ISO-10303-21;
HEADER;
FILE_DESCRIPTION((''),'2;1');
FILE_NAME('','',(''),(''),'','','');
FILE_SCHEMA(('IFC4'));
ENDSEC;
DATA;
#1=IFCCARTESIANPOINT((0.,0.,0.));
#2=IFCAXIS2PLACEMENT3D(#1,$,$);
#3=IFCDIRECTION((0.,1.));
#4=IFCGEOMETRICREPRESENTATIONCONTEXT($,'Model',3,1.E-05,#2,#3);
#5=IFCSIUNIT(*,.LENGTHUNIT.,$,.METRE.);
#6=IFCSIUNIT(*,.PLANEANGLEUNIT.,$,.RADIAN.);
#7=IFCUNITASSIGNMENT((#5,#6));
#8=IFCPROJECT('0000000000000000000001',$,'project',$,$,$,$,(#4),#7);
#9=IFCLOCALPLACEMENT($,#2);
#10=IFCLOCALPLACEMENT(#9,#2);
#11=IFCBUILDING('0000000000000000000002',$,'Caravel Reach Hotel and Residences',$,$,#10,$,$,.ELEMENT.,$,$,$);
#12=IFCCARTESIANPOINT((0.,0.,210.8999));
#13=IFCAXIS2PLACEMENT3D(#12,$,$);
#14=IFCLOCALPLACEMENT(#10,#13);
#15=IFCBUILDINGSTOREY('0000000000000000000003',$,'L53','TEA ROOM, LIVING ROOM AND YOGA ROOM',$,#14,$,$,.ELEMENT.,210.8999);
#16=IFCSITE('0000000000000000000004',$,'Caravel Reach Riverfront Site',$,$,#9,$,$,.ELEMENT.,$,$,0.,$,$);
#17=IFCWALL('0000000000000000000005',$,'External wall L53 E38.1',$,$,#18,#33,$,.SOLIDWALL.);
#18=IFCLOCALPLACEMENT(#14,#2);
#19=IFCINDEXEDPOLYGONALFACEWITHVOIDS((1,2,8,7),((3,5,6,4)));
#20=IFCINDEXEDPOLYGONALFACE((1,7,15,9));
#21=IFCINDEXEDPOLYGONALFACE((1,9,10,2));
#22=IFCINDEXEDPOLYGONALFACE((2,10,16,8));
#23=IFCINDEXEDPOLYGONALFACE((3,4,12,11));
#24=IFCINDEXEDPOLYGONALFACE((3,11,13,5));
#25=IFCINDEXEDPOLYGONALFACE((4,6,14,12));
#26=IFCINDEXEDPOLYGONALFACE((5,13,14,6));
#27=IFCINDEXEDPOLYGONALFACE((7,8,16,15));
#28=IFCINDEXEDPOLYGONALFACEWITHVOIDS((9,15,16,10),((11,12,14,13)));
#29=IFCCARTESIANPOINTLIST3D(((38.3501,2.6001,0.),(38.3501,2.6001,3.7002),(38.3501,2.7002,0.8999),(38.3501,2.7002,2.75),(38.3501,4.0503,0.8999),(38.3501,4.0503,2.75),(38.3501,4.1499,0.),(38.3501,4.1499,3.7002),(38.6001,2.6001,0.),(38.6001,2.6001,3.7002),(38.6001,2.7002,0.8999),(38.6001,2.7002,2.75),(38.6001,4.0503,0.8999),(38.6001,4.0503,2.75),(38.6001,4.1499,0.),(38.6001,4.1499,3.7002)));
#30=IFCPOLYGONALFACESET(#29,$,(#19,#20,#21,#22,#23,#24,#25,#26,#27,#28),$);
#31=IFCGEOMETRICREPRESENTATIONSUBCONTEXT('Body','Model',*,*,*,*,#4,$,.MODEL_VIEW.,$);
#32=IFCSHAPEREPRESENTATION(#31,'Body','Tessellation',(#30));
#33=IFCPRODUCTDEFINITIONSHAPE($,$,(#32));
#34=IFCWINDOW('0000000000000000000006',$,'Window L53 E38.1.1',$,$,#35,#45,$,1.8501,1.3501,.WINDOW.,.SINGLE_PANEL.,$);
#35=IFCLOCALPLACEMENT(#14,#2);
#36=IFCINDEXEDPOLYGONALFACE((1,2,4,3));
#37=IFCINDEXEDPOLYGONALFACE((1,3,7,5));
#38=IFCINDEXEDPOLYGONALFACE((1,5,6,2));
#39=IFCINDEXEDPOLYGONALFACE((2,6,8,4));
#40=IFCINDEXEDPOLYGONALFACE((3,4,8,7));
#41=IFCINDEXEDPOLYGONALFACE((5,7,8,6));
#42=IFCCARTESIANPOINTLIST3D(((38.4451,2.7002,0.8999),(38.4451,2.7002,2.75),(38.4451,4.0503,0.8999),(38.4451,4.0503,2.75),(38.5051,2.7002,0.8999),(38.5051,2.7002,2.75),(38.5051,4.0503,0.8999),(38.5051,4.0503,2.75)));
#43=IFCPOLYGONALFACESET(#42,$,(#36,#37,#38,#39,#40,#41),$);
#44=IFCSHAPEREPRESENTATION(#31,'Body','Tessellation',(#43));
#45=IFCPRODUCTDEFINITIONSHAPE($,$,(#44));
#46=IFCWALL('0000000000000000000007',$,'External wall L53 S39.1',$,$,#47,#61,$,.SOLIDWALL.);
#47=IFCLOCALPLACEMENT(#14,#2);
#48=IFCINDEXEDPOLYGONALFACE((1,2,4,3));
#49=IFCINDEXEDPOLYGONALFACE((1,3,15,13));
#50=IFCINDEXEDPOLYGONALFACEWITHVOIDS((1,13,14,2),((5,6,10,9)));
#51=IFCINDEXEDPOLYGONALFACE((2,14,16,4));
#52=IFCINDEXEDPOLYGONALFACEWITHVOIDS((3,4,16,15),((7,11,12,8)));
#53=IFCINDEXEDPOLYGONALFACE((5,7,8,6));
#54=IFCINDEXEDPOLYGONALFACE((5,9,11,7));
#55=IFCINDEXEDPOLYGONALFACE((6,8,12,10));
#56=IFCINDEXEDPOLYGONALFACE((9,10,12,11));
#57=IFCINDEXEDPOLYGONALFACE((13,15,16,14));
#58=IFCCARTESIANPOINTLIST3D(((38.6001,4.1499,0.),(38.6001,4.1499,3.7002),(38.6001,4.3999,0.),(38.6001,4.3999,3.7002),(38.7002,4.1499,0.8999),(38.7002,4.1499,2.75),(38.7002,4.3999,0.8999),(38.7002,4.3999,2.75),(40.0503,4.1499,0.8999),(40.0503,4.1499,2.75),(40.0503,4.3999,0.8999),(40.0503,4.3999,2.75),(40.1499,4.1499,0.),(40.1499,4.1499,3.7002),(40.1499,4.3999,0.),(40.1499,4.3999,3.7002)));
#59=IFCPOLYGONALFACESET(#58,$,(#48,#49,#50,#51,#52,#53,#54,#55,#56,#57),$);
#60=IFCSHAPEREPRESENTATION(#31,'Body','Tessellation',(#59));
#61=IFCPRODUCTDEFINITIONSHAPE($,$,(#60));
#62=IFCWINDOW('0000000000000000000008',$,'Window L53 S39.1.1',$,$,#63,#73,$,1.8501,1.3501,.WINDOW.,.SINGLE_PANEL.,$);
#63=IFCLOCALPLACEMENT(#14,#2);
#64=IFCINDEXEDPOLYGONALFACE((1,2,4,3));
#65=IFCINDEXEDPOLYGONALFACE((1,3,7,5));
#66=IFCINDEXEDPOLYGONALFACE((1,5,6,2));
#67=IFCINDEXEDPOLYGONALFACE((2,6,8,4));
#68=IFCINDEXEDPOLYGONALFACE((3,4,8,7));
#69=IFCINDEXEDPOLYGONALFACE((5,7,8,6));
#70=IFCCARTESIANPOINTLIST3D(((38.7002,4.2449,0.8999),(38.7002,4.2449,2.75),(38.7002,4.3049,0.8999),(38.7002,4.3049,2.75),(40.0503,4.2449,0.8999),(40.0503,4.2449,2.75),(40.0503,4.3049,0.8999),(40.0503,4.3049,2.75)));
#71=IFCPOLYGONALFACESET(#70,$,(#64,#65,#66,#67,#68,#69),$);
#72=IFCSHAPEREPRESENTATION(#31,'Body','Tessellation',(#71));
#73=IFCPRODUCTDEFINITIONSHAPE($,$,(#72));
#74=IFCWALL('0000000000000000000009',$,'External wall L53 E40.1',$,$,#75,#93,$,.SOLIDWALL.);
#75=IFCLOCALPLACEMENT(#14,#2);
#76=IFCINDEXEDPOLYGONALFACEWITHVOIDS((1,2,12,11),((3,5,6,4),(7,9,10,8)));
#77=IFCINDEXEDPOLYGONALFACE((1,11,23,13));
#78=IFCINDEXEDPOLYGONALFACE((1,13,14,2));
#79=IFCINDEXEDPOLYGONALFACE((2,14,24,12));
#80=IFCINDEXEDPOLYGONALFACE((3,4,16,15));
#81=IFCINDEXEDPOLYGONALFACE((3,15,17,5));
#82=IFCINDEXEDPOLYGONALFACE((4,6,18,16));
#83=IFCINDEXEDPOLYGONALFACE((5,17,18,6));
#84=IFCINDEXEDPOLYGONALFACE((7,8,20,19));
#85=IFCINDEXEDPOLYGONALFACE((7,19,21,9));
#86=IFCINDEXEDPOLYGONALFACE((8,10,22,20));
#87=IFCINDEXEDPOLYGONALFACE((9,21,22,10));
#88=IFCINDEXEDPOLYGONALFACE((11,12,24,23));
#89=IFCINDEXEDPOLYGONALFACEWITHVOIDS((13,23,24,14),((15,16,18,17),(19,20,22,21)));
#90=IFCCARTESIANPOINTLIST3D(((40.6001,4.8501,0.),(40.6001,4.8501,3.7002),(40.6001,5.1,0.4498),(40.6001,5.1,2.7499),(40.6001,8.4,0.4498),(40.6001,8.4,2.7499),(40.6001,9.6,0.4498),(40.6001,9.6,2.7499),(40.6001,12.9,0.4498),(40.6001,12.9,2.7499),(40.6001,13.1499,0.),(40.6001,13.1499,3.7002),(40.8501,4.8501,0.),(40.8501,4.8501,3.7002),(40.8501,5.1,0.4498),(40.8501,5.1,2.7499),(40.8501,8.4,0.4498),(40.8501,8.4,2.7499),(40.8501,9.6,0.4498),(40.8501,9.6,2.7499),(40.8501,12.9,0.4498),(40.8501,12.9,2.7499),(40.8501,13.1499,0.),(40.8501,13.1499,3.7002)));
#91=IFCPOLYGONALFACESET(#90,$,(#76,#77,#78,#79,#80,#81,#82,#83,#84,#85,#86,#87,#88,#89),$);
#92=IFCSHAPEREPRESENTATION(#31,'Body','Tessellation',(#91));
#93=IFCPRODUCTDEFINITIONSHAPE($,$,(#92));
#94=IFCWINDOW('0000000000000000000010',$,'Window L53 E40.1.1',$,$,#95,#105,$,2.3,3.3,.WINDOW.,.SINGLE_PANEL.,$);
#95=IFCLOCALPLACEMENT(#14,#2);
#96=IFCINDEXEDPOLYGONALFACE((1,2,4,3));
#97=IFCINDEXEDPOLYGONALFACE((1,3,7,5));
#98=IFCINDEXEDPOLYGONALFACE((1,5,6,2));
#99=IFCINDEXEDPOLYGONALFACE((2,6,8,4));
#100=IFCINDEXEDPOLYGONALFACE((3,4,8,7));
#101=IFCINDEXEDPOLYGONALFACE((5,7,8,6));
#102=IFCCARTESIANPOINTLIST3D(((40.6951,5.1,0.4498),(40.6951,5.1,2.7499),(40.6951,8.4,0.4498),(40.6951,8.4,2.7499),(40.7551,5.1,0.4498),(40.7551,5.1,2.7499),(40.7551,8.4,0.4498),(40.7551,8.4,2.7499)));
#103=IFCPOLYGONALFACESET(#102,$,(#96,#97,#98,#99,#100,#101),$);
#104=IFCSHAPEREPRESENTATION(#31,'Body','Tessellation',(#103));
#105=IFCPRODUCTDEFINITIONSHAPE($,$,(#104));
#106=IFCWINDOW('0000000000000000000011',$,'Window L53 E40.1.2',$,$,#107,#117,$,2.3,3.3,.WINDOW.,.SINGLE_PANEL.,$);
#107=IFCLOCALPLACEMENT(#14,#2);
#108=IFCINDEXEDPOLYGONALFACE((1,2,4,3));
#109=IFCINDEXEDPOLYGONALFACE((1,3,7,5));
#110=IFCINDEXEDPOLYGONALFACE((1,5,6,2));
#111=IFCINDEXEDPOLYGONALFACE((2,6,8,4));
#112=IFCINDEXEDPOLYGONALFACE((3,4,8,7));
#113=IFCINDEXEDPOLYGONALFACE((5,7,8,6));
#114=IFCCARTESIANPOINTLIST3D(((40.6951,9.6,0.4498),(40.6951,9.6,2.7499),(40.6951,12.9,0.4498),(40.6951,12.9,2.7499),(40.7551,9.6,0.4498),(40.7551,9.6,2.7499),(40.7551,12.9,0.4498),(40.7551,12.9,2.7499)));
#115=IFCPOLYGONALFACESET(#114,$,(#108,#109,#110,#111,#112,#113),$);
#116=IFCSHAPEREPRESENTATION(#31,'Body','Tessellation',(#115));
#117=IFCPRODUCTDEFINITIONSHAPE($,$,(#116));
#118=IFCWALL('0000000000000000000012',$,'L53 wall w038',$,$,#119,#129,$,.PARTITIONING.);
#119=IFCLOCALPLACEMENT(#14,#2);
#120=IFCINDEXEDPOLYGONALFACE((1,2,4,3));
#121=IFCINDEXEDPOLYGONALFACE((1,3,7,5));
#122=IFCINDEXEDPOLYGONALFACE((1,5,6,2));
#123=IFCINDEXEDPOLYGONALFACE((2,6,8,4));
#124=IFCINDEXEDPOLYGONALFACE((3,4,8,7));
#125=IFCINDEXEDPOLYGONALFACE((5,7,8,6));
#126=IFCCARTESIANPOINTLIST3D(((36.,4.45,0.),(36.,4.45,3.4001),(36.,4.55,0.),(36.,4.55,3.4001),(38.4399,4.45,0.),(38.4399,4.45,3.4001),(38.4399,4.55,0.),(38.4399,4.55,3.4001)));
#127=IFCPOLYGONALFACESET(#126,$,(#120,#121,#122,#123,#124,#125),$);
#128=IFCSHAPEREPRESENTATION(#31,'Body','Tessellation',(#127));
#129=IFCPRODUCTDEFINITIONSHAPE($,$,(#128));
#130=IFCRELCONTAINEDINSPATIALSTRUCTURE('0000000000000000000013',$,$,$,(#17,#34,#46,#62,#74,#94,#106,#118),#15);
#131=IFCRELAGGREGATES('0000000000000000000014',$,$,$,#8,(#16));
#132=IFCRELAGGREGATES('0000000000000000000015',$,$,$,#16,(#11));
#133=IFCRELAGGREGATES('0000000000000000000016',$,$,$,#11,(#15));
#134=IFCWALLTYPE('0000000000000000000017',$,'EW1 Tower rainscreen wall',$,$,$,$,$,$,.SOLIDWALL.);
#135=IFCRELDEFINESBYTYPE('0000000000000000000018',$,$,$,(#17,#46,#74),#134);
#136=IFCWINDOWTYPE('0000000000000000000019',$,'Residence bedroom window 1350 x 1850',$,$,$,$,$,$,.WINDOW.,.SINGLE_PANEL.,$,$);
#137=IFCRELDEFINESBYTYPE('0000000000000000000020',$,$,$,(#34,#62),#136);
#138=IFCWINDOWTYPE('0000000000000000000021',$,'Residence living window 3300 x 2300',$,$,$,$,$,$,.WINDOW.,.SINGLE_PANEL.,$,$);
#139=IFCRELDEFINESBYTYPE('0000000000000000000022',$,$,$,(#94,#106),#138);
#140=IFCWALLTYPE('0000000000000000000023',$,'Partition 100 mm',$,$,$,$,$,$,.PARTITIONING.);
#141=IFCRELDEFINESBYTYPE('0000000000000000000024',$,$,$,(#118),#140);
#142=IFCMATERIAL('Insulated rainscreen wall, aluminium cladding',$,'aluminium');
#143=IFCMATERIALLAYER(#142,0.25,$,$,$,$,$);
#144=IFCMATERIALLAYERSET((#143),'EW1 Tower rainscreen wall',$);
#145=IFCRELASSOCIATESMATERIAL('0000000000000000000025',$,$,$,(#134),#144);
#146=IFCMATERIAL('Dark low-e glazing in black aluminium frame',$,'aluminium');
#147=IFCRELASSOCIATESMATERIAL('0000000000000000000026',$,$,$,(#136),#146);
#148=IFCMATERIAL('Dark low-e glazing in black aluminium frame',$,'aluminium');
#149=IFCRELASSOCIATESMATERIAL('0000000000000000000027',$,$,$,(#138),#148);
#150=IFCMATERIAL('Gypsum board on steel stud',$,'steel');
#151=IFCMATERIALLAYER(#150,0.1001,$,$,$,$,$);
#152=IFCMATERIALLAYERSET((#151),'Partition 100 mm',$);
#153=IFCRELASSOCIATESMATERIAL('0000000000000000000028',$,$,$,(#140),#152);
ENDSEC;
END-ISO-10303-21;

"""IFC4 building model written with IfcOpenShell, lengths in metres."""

from ifc_helpers import new_model, si_unit, direction, frame, frame_2d, origin, place, context, subcontext, project, spatial, rectangle, extrude, material, layer, layer_set, type_object, element, fill, save


model = new_model("IFC4")

# Units and contexts
model_context = context("Model", 3, precision=1e-05, world=origin(), true_north=direction((0.0, 1.0)))
body_context = subcontext(model_context, "Body", "Model", "MODEL_VIEW")
ifc_project = project(units=[si_unit("LENGTHUNIT", "METRE"), si_unit("PLANEANGLEUNIT", "RADIAN")], contexts=[model_context])

# Site, building, storey
site_placement = place(None, origin())
site = spatial("IfcSite", under=ifc_project, at=site_placement, Name="Caravel Reach Riverfront Site", CompositionType="ELEMENT", RefElevation=0.0)
building_placement = place(site_placement, origin())
building = spatial("IfcBuilding", under=site, at=building_placement, Name="Caravel Reach Hotel and Residences", CompositionType="ELEMENT")
storey_placement = place(building_placement, frame((0.0, 0.0, 210.8999)))
storey = spatial("IfcBuildingStorey", under=building, at=storey_placement, Name="L53", Description="TEA ROOM, LIVING ROOM AND YOGA ROOM", CompositionType="ELEMENT", Elevation=210.8999)

# Walls, openings, windows
ifc_material_1 = material(Name="Insulated rainscreen wall, aluminium cladding", Category="aluminium")
ifc_layer_1 = layer(ifc_material_1, 0.25)
ifc_layer_set_1 = layer_set([ifc_layer_1], Name="EW1 Tower rainscreen wall")
wall_type_1 = type_object("IfcWallType", Name="EW1 Tower rainscreen wall", PredefinedType="SOLIDWALL", material=ifc_layer_set_1)
ifc_material_2 = material(Name="Dark low-e glazing in black aluminium frame", Category="aluminium")
window_type_1 = type_object("IfcWindowType", Name="Residence bedroom window 1350 x 1850", PartitioningType="SINGLE_PANEL", PredefinedType="WINDOW", material=ifc_material_2)
wall_1_placement = place(storey_placement, frame((38.4751, 2.6001, 0.0), z_axis=(0.0, 0.0, 1.0), x_axis=(0.0, 1.0, 0.0)))
wall_1 = element("IfcWall", 1, at=wall_1_placement, inside=storey, type_object=wall_type_1, Name="External wall L53 E38.1", PredefinedType="SOLIDWALL", context=body_context, shape_type="SweptSolid", body=[
    extrude(rectangle(XDim=1.5498, YDim=0.25, at=frame_2d((0.7749, 0.0))), origin(), (0.0, 0.0, 1.0), 3.7002),
])
opening_1_placement = place(wall_1_placement, frame((0.1001, 0.0, 0.8999)))
opening_1 = element("IfcOpeningElement", 2, at=opening_1_placement, cuts=wall_1, PredefinedType="OPENING", context=body_context, shape_type="SweptSolid", body=[
    extrude(rectangle(XDim=1.3501, YDim=1.8501, at=frame_2d((0.675, 0.925))), frame((0.0, 0.135, 0.0), z_axis=(0.0, -1.0, 0.0), x_axis=(1.0, 0.0, 0.0)), (0.0, 0.0, 1.0), 0.27),
])
window_1_placement = place(opening_1_placement, origin())
window_1 = element("IfcWindow", 3, at=window_1_placement, inside=storey, type_object=window_type_1, Name="Window L53 E38.1.1", OverallHeight=1.8501, OverallWidth=1.3501, PartitioningType="SINGLE_PANEL", PredefinedType="WINDOW", context=body_context, shape_type="SweptSolid", body=[
    extrude(rectangle(XDim=1.3501, YDim=1.8501, at=frame_2d((0.675, 0.925))), frame((0.0, 0.03, 0.0), z_axis=(0.0, -1.0, 0.0), x_axis=(1.0, 0.0, 0.0)), (0.0, 0.0, 1.0), 0.0601),
])
fill(opening_1, window_1)
wall_2_placement = place(storey_placement, frame((38.6001, 4.2749, 0.0), z_axis=(0.0, 0.0, 1.0), x_axis=(1.0, 0.0, 0.0)))
wall_2 = element("IfcWall", 4, at=wall_2_placement, inside=storey, type_object=wall_type_1, Name="External wall L53 S39.1", PredefinedType="SOLIDWALL", context=body_context, shape_type="SweptSolid", body=[
    extrude(rectangle(XDim=1.5498, YDim=0.25, at=frame_2d((0.7749, 0.0))), origin(), (0.0, 0.0, 1.0), 3.7002),
])
opening_2_placement = place(wall_2_placement, frame((0.1001, 0.0, 0.8999)))
opening_2 = element("IfcOpeningElement", 5, at=opening_2_placement, cuts=wall_2, PredefinedType="OPENING", context=body_context, shape_type="SweptSolid", body=[
    extrude(rectangle(XDim=1.3501, YDim=1.8501, at=frame_2d((0.675, 0.925))), frame((0.0, 0.135, 0.0), z_axis=(0.0, -1.0, 0.0), x_axis=(1.0, 0.0, 0.0)), (0.0, 0.0, 1.0), 0.27),
])
window_2_placement = place(opening_2_placement, origin())
window_2 = element("IfcWindow", 6, at=window_2_placement, inside=storey, type_object=window_type_1, Name="Window L53 S39.1.1", OverallHeight=1.8501, OverallWidth=1.3501, PartitioningType="SINGLE_PANEL", PredefinedType="WINDOW", context=body_context, shape_type="SweptSolid", body=[
    extrude(rectangle(XDim=1.3501, YDim=1.8501, at=frame_2d((0.675, 0.925))), frame((0.0, 0.03, 0.0), z_axis=(0.0, -1.0, 0.0), x_axis=(1.0, 0.0, 0.0)), (0.0, 0.0, 1.0), 0.0601),
])
fill(opening_2, window_2)

# Wall, openings, windows
wall_3_placement = place(storey_placement, frame((40.7251, 4.8501, 0.0), z_axis=(0.0, 0.0, 1.0), x_axis=(0.0, 1.0, 0.0)))
wall_3 = element("IfcWall", 7, at=wall_3_placement, inside=storey, type_object=wall_type_1, Name="External wall L53 E40.1", PredefinedType="SOLIDWALL", context=body_context, shape_type="SweptSolid", body=[
    extrude(rectangle(XDim=8.2998, YDim=0.25, at=frame_2d((4.1499, 0.0))), origin(), (0.0, 0.0, 1.0), 3.7002),
])
opening_3_placement = place(wall_3_placement, frame((0.25, 0.0, 0.45)))
opening_3 = element("IfcOpeningElement", 8, at=opening_3_placement, cuts=wall_3, PredefinedType="OPENING", context=body_context, shape_type="SweptSolid", body=[
    extrude(rectangle(XDim=3.3, YDim=2.3, at=frame_2d((1.6499, 1.1499))), frame((0.0, 0.135, 0.0), z_axis=(0.0, -1.0, 0.0), x_axis=(1.0, 0.0, 0.0)), (0.0, 0.0, 1.0), 0.27),
])
opening_4_placement = place(wall_3_placement, frame((4.75, 0.0, 0.45)))
opening_4 = element("IfcOpeningElement", 9, at=opening_4_placement, cuts=wall_3, PredefinedType="OPENING", context=body_context, shape_type="SweptSolid", body=[
    extrude(rectangle(XDim=3.3, YDim=2.3, at=frame_2d((1.6499, 1.1499))), frame((0.0, 0.135, 0.0), z_axis=(0.0, -1.0, 0.0), x_axis=(1.0, 0.0, 0.0)), (0.0, 0.0, 1.0), 0.27),
])
ifc_material_3 = material(Name="Dark low-e glazing in black aluminium frame", Category="aluminium")
window_type_2 = type_object("IfcWindowType", Name="Residence living window 3300 x 2300", PartitioningType="SINGLE_PANEL", PredefinedType="WINDOW", material=ifc_material_3)
window_3_placement = place(opening_3_placement, origin())
window_3 = element("IfcWindow", 10, at=window_3_placement, inside=storey, type_object=window_type_2, Name="Window L53 E40.1.1", OverallHeight=2.3, OverallWidth=3.3, PartitioningType="SINGLE_PANEL", PredefinedType="WINDOW", context=body_context, shape_type="SweptSolid", body=[
    extrude(rectangle(XDim=3.3, YDim=2.3, at=frame_2d((1.6499, 1.1499))), frame((0.0, 0.03, 0.0), z_axis=(0.0, -1.0, 0.0), x_axis=(1.0, 0.0, 0.0)), (0.0, 0.0, 1.0), 0.0601),
])
fill(opening_3, window_3)
window_4_placement = place(opening_4_placement, origin())
window_4 = element("IfcWindow", 11, at=window_4_placement, inside=storey, type_object=window_type_2, Name="Window L53 E40.1.2", OverallHeight=2.3, OverallWidth=3.3, PartitioningType="SINGLE_PANEL", PredefinedType="WINDOW", context=body_context, shape_type="SweptSolid", body=[
    extrude(rectangle(XDim=3.3, YDim=2.3, at=frame_2d((1.6499, 1.1499))), frame((0.0, 0.03, 0.0), z_axis=(0.0, -1.0, 0.0), x_axis=(1.0, 0.0, 0.0)), (0.0, 0.0, 1.0), 0.0601),
])
fill(opening_4, window_4)

# Wall
ifc_material_4 = material(Name="Gypsum board on steel stud", Category="steel")
ifc_layer_2 = layer(ifc_material_4, 0.1001)
ifc_layer_set_2 = layer_set([ifc_layer_2], Name="Partition 100 mm")
wall_type_2 = type_object("IfcWallType", Name="Partition 100 mm", PredefinedType="PARTITIONING", material=ifc_layer_set_2)
wall_4_placement = place(storey_placement, frame((36.0, 4.5, 0.0), z_axis=(0.0, 0.0, 1.0), x_axis=(1.0, 0.0, 0.0)))
element("IfcWall", 12, at=wall_4_placement, inside=storey, type_object=wall_type_2, Name="L53 wall w038", PredefinedType="PARTITIONING", context=body_context, shape_type="SweptSolid", body=[
    extrude(rectangle(XDim=2.4399, YDim=0.1001, at=frame_2d((1.22, 0.0))), origin(), (0.0, 0.0, 1.0), 3.4001),
])

save(model, "model.ifc")
